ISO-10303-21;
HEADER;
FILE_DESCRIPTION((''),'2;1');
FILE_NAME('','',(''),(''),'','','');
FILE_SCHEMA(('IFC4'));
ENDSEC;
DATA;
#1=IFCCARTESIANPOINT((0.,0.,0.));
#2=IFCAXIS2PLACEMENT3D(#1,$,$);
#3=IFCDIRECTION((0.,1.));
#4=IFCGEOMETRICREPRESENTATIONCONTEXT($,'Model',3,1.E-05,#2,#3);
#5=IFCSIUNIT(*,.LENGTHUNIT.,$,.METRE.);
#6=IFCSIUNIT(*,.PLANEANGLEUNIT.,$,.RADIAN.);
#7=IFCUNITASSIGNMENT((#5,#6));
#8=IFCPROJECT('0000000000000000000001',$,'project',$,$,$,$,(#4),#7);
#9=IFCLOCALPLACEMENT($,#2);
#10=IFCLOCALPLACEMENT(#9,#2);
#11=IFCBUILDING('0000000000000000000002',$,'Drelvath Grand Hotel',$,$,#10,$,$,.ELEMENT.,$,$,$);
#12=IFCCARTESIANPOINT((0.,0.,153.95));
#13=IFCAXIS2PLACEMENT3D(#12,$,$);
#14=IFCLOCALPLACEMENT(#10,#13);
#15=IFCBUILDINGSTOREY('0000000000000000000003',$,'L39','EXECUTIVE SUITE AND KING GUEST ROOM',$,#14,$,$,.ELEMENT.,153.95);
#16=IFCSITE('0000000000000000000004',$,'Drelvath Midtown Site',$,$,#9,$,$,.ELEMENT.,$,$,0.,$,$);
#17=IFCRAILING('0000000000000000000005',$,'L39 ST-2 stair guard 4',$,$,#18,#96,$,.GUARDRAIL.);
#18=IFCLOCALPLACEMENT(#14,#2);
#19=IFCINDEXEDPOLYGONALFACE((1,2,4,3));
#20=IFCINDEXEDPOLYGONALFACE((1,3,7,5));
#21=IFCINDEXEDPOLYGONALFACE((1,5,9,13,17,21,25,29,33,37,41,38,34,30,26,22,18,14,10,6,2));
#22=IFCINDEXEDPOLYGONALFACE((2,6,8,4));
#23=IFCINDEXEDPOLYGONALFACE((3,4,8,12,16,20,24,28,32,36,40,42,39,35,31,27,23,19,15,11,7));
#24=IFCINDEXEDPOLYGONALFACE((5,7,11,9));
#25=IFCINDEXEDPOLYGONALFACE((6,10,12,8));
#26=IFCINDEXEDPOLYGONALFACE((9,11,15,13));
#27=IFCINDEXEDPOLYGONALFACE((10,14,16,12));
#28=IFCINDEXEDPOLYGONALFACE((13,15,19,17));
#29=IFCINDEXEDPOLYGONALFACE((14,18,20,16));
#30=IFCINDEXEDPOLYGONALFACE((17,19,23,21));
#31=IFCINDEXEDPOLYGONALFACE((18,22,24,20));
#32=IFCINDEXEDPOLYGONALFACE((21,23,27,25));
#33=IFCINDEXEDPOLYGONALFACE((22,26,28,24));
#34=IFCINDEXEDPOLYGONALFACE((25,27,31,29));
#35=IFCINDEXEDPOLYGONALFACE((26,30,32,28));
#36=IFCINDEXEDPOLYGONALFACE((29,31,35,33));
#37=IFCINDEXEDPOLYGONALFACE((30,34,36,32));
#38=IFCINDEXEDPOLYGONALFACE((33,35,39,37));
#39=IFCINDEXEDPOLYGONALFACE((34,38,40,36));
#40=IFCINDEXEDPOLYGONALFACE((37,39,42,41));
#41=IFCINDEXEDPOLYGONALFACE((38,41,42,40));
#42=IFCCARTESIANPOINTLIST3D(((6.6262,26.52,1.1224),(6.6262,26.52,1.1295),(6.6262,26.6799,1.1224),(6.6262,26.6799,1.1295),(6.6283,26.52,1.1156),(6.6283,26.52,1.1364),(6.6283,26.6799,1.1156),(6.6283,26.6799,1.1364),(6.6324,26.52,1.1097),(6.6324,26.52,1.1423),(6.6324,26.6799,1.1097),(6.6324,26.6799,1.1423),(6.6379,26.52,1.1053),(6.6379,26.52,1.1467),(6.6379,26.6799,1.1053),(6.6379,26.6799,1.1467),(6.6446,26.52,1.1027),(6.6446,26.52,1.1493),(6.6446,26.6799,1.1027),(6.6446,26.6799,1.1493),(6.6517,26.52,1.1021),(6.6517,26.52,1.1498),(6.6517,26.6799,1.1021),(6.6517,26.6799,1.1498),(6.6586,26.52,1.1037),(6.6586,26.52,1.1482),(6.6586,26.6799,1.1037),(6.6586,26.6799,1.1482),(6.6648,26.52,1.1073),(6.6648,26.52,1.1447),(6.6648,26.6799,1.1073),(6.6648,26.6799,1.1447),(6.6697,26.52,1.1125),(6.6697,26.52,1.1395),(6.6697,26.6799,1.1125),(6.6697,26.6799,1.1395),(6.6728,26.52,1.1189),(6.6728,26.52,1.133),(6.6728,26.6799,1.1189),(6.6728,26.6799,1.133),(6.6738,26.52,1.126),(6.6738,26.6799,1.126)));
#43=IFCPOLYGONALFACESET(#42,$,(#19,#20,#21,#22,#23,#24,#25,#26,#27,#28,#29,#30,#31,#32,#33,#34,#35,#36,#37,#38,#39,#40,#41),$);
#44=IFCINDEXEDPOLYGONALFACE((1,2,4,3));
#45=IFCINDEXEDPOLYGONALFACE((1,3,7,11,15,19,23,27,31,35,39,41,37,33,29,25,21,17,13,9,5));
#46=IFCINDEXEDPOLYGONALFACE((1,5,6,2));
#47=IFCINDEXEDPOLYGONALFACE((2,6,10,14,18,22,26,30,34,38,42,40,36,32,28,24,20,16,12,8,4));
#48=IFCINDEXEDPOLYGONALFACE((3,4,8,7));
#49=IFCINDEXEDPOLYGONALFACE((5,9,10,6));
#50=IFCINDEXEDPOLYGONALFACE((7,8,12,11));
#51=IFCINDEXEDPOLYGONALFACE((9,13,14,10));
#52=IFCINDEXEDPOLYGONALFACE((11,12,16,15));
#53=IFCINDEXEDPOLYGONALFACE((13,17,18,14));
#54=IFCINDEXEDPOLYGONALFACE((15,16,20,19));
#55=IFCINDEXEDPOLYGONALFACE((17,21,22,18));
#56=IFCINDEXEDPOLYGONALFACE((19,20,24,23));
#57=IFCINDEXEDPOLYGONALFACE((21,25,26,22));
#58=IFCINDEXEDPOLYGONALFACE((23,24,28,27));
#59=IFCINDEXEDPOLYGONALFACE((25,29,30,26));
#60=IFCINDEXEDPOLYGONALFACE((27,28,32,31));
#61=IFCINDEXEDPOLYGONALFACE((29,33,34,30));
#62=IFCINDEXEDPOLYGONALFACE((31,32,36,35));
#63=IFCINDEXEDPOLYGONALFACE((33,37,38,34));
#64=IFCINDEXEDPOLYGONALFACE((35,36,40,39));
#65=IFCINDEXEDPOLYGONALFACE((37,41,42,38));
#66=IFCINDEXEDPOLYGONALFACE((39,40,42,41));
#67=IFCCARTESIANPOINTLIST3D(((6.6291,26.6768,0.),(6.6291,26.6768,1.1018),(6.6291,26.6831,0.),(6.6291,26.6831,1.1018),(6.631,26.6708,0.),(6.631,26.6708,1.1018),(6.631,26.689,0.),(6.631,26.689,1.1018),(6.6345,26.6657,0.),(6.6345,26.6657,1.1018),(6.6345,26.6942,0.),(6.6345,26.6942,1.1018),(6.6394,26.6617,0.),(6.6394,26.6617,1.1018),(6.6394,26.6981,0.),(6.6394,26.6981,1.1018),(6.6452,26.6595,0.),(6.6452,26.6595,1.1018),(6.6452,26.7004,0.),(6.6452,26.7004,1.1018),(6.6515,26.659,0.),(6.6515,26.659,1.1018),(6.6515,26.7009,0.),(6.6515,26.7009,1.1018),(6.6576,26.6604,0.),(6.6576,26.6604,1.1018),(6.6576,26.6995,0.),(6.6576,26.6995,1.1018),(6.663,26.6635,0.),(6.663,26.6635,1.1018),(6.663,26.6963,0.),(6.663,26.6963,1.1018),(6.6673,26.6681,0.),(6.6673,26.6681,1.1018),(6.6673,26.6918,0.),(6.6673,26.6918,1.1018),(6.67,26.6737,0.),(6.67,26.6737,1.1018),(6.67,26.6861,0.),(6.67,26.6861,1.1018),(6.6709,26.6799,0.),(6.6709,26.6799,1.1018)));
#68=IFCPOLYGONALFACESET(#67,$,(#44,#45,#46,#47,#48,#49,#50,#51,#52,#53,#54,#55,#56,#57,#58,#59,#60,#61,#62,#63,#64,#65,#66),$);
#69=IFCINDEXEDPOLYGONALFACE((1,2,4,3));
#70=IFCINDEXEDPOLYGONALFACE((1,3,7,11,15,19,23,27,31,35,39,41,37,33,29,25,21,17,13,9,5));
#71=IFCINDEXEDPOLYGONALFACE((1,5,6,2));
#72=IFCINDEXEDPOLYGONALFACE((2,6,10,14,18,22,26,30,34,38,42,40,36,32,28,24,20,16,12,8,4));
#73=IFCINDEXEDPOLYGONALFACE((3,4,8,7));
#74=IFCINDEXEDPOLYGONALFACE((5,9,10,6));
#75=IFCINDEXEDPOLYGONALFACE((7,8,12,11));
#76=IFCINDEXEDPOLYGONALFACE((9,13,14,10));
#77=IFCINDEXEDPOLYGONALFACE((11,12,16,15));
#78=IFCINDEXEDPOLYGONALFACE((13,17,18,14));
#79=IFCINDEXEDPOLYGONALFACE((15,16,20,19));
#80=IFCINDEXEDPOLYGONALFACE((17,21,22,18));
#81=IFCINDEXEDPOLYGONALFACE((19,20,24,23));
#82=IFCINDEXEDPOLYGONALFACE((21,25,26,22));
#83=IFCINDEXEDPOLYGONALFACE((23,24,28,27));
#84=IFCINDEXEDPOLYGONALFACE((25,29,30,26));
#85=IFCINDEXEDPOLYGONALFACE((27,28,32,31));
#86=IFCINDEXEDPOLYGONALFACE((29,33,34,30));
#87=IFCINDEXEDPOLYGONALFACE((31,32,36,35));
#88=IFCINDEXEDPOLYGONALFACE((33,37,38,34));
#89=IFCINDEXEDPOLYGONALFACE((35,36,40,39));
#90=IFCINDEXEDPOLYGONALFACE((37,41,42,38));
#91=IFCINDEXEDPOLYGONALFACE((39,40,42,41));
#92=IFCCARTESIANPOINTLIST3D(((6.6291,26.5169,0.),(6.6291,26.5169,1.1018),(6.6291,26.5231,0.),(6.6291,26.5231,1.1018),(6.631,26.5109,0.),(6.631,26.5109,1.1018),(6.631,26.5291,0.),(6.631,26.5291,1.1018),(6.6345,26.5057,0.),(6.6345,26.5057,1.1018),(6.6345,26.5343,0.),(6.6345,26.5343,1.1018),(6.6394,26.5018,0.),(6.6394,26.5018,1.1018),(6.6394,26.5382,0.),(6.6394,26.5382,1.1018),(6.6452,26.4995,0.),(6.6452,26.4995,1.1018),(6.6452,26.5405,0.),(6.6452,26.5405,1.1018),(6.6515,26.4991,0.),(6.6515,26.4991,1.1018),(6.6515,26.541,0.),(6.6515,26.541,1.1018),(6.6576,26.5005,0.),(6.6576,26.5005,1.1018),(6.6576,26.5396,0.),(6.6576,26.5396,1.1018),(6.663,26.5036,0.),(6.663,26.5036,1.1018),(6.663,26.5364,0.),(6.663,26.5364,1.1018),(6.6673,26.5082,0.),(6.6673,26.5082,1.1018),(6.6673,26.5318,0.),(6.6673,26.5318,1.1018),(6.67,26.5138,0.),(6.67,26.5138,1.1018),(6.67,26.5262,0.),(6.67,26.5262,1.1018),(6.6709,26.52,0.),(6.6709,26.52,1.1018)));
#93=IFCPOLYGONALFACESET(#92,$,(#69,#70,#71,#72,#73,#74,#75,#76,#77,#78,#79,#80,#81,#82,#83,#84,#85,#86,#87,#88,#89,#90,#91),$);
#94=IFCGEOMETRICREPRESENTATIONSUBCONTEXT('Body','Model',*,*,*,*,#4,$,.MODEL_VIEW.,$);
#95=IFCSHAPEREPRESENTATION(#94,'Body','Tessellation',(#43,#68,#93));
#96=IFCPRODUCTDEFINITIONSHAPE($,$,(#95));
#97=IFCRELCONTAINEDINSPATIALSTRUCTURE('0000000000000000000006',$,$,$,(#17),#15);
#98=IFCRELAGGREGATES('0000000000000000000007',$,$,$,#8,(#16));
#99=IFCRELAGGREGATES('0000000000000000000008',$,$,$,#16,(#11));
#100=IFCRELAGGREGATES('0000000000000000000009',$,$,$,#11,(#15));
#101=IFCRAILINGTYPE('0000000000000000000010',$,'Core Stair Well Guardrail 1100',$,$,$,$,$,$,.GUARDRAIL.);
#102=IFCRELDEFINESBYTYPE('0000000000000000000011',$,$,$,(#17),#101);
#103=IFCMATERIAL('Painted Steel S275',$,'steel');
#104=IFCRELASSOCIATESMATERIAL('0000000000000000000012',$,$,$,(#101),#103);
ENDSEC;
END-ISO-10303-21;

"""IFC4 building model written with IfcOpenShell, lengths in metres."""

from ifc_helpers import new_model, si_unit, direction, frame, origin, origin_2d, place, context, subcontext, project, spatial, circle, extrude, material, type_object, element, save


model = new_model("IFC4")

# Units and contexts
model_context = context("Model", 3, precision=1e-05, world=origin(), true_north=direction((0.0, 1.0)))
body_context = subcontext(model_context, "Body", "Model", "MODEL_VIEW")
ifc_project = project(units=[si_unit("LENGTHUNIT", "METRE"), si_unit("PLANEANGLEUNIT", "RADIAN")], contexts=[model_context])

# Site, building, storey
site_placement = place(None, origin())
site = spatial("IfcSite", under=ifc_project, at=site_placement, Name="Drelvath Midtown Site", CompositionType="ELEMENT", RefElevation=0.0)
building_placement = place(site_placement, origin())
building = spatial("IfcBuilding", under=site, at=building_placement, Name="Drelvath Grand Hotel", CompositionType="ELEMENT")
storey_placement = place(building_placement, frame((0.0, 0.0, 153.95)))
storey = spatial("IfcBuildingStorey", under=building, at=storey_placement, Name="L39", Description="EXECUTIVE SUITE AND KING GUEST ROOM", CompositionType="ELEMENT", Elevation=153.95)

# Railing
ifc_material_1 = material(Name="Painted Steel S275", Category="steel")
railing_type_1 = type_object("IfcRailingType", Name="Core Stair Well Guardrail 1100", PredefinedType="GUARDRAIL", material=ifc_material_1)
railing_1_placement = place(storey_placement, frame((6.6499, 26.6799, 0.0)))
element("IfcRailing", 1, at=railing_1_placement, inside=storey, type_object=railing_type_1, Name="L39 ST-2 stair guard 4", PredefinedType="GUARDRAIL", context=body_context, shape_type="SweptSolid", body=[
    extrude(circle(Radius=0.0239, at=origin_2d()), frame((0.0, 0.0, 1.126), z_axis=(0.0, -1.0, 0.0), x_axis=(1.0, 0.0, 0.0)), (0.0, 0.0, 1.0), 0.1599),
    extrude(circle(Radius=0.021, at=origin_2d()), origin(), (0.0, 0.0, 1.0), 1.1018),
    extrude(circle(Radius=0.021, at=origin_2d()), frame((0.0, -0.1599, 0.0)), (0.0, 0.0, 1.0), 1.1018),
])

save(model, "model.ifc")
